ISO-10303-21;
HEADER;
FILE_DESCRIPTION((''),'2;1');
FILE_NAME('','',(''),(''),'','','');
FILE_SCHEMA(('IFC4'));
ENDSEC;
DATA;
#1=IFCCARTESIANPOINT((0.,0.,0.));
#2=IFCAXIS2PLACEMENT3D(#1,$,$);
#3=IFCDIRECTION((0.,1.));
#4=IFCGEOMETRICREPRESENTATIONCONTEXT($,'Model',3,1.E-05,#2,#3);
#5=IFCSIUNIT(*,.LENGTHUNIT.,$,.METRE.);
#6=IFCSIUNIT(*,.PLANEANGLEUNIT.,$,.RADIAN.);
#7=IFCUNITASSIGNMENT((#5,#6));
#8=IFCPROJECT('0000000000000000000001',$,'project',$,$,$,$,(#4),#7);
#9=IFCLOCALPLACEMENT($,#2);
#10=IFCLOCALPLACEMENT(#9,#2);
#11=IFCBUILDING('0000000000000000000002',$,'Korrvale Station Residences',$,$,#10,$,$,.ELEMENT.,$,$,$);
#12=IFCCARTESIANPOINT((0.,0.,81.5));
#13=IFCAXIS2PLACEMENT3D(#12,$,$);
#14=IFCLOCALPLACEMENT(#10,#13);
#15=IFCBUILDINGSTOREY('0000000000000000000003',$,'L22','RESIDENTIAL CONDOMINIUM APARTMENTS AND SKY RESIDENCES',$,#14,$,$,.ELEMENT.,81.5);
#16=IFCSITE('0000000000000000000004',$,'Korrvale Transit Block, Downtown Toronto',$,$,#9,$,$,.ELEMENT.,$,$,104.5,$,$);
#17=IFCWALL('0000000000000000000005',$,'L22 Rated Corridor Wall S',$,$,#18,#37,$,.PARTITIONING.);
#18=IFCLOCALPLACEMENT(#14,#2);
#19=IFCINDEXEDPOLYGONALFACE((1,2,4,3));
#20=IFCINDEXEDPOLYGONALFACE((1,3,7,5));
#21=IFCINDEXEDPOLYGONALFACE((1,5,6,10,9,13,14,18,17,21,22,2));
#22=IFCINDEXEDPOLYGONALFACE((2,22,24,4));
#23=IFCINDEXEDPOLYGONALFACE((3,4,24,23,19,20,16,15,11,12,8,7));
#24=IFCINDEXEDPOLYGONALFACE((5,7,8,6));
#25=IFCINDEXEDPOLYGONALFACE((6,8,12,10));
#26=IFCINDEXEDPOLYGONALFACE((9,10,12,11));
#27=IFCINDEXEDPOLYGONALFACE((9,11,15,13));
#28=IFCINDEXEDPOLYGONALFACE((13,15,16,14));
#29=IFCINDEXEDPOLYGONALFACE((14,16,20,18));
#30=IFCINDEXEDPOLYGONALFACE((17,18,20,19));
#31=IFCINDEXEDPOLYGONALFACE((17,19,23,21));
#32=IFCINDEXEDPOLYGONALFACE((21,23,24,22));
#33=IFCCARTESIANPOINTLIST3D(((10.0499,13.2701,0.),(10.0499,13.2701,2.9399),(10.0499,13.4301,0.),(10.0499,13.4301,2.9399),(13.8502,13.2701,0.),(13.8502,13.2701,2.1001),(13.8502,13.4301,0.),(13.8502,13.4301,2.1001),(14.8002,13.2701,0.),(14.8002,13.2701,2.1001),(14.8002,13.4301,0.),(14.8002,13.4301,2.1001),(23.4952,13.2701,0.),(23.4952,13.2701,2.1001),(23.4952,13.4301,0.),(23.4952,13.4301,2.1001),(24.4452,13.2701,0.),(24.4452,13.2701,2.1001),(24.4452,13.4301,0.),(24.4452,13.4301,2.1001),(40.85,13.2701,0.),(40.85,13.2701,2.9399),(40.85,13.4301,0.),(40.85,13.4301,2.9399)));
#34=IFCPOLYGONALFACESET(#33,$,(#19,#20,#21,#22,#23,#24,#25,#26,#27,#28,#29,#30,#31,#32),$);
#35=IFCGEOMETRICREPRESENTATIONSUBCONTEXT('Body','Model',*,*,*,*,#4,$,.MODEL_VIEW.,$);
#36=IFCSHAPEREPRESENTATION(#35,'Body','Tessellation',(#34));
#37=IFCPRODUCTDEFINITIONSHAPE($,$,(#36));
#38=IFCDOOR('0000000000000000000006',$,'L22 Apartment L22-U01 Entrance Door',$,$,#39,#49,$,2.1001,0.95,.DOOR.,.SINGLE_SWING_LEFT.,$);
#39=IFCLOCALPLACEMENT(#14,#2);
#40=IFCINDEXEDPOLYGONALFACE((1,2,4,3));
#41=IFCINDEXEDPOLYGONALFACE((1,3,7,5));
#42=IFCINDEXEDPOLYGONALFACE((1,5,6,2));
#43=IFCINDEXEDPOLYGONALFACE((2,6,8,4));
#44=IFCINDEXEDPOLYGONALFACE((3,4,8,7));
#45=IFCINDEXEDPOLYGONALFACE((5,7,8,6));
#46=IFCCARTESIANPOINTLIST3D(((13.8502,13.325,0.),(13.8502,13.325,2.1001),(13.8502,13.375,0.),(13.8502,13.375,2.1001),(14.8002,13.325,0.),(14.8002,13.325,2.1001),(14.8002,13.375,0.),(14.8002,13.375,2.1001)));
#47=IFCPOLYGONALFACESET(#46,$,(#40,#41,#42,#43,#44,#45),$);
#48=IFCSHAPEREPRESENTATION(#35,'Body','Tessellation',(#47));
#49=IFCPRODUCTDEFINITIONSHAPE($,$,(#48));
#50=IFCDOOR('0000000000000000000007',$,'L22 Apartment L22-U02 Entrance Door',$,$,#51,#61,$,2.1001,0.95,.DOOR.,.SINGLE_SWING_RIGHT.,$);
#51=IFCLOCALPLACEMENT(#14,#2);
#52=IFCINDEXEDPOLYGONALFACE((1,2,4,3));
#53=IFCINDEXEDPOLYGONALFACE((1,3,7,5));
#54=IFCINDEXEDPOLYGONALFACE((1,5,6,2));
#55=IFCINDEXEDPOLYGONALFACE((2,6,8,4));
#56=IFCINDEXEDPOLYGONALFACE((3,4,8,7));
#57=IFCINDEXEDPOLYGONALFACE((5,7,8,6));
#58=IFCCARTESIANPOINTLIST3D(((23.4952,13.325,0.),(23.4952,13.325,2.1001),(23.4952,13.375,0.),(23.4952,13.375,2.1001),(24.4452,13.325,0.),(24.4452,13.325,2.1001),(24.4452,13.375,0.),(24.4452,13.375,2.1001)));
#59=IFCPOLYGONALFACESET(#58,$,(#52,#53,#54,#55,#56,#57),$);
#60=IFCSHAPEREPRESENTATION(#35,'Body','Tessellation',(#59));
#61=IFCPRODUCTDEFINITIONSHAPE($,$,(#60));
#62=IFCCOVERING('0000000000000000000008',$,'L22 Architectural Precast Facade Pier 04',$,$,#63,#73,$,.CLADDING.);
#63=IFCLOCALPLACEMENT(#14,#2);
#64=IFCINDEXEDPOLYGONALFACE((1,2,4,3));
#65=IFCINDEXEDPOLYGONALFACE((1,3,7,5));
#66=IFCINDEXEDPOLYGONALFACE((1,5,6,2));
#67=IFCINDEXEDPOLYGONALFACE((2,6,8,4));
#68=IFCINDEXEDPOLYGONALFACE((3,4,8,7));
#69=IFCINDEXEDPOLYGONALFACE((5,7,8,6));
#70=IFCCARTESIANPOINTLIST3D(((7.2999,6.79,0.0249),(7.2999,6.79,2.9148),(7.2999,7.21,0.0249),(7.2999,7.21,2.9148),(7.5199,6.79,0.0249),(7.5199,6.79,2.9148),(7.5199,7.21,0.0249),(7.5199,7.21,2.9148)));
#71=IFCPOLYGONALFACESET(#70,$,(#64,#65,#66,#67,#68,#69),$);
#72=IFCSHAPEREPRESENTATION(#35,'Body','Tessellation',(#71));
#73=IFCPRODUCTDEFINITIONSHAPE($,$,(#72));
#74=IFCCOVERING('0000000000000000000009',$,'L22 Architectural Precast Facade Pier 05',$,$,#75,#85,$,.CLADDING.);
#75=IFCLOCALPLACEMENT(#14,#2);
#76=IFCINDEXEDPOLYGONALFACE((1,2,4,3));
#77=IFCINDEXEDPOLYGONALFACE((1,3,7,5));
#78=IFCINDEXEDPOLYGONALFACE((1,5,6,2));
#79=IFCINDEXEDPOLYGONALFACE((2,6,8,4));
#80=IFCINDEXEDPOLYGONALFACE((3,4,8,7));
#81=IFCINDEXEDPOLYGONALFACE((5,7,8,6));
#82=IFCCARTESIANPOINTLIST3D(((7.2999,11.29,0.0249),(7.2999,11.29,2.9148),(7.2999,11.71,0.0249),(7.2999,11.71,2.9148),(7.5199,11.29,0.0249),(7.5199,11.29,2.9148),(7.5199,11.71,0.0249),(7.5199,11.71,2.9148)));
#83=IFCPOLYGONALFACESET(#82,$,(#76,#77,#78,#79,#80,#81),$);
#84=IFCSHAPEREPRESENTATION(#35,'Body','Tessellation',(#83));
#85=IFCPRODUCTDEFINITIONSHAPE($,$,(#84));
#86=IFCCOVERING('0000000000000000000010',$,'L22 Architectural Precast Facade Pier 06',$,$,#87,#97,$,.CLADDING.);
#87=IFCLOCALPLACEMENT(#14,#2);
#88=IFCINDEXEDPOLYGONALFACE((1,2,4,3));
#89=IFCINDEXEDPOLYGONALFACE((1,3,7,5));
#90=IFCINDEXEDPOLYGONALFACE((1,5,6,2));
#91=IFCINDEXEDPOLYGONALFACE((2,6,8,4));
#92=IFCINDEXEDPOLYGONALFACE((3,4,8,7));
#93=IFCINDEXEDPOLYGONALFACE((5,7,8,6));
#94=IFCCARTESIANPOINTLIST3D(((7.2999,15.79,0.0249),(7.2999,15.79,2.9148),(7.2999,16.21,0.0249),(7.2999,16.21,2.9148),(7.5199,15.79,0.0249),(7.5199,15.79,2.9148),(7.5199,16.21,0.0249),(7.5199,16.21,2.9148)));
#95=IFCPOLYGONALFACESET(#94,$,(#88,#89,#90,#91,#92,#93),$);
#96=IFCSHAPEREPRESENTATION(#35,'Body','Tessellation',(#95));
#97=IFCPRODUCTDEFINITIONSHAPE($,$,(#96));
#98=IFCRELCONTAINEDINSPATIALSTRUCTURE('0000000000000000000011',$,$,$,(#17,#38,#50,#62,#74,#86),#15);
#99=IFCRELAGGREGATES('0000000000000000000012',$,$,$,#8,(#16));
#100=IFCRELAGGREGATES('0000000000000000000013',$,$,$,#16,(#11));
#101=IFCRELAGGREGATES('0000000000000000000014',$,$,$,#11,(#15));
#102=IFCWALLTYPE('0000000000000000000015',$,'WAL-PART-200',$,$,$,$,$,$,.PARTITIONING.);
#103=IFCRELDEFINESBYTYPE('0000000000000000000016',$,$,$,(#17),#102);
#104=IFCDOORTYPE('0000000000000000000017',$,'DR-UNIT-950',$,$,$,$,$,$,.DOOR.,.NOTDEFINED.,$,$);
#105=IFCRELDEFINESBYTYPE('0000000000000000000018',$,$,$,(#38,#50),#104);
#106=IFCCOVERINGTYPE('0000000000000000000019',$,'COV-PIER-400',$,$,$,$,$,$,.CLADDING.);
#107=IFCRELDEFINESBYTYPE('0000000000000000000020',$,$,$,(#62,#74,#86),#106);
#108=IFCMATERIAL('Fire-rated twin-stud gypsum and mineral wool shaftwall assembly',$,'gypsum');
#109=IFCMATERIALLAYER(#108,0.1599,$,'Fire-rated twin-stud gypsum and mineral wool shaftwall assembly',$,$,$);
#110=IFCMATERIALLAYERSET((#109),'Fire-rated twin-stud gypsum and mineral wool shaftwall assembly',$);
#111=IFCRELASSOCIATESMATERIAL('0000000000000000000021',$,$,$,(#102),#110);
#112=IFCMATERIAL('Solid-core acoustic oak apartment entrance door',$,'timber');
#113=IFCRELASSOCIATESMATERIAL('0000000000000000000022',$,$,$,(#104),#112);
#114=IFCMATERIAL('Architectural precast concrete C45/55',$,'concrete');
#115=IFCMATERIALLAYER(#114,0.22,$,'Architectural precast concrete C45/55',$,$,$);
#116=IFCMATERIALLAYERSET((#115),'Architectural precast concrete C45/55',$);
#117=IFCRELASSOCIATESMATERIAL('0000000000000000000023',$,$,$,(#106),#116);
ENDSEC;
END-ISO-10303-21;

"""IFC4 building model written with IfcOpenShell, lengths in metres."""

from ifc_helpers import new_model, si_unit, direction, frame, frame_2d, origin, origin_2d, place, context, subcontext, project, spatial, rectangle, extrude, material, layer, layer_set, type_object, element, fill, save


model = new_model("IFC4")

# Units and contexts
model_context = context("Model", 3, precision=1e-05, world=origin(), true_north=direction((0.0, 1.0)))
body_context = subcontext(model_context, "Body", "Model", "MODEL_VIEW")
ifc_project = project(units=[si_unit("LENGTHUNIT", "METRE"), si_unit("PLANEANGLEUNIT", "RADIAN")], contexts=[model_context])

# Site, building, storey
site_placement = place(None, origin())
site = spatial("IfcSite", under=ifc_project, at=site_placement, Name="Korrvale Transit Block, Downtown Toronto", CompositionType="ELEMENT", RefElevation=104.5)
building_placement = place(site_placement, origin())
building = spatial("IfcBuilding", under=site, at=building_placement, Name="Korrvale Station Residences", CompositionType="ELEMENT")
storey_placement = place(building_placement, frame((0.0, 0.0, 81.5)))
storey = spatial("IfcBuildingStorey", under=building, at=storey_placement, Name="L22", Description="RESIDENTIAL CONDOMINIUM APARTMENTS AND SKY RESIDENCES", CompositionType="ELEMENT", Elevation=81.5)

# Shared definitions
ifc_material_1 = material(Name="Fire-rated twin-stud gypsum and mineral wool shaftwall assembly", Category="gypsum")
ifc_layer_1 = layer(ifc_material_1, 0.1599, Name="Fire-rated twin-stud gypsum and mineral wool shaftwall assembly")
ifc_layer_set_1 = layer_set([ifc_layer_1], Name="Fire-rated twin-stud gypsum and mineral wool shaftwall assembly")
wall_type_1 = type_object("IfcWallType", Name="WAL-PART-200", PredefinedType="PARTITIONING", material=ifc_layer_set_1)

# Wall, openings, doors
wall_1_placement = place(storey_placement, frame((10.05, 13.3501, 0.0), z_axis=(0.0, 0.0, 1.0), x_axis=(1.0, 0.0, 0.0)))
wall_1 = element("IfcWall", 1, at=wall_1_placement, inside=storey, type_object=wall_type_1, Name="L22 Rated Corridor Wall S", PredefinedType="PARTITIONING", context=body_context, shape_type="SweptSolid", body=[
    extrude(rectangle(XDim=30.8, YDim=0.1599, at=frame_2d((15.3999, 0.0))), origin(), (0.0, 0.0, 1.0), 2.9399),
])
opening_1_placement = place(wall_1_placement, frame((3.8, 0.0, 0.0)))
opening_1 = element("IfcOpeningElement", 2, at=opening_1_placement, cuts=wall_1, PredefinedType="OPENING", context=body_context, shape_type="SweptSolid", body=[
    extrude(rectangle(XDim=0.95, YDim=2.1001, at=frame_2d((0.4751, 1.05))), frame((0.0, 0.0898, 0.0), z_axis=(0.0, -1.0, 0.0), x_axis=(1.0, 0.0, 0.0)), (0.0, 0.0, 1.0), 0.1799),
])
opening_2_placement = place(wall_1_placement, frame((13.4451, 0.0, 0.0)))
opening_2 = element("IfcOpeningElement", 3, at=opening_2_placement, cuts=wall_1, PredefinedType="OPENING", context=body_context, shape_type="SweptSolid", body=[
    extrude(rectangle(XDim=0.95, YDim=2.1001, at=frame_2d((0.4751, 1.05))), frame((0.0, 0.0898, 0.0), z_axis=(0.0, -1.0, 0.0), x_axis=(1.0, 0.0, 0.0)), (0.0, 0.0, 1.0), 0.1799),
])
ifc_material_2 = material(Name="Solid-core acoustic oak apartment entrance door", Category="timber")
door_type_1 = type_object("IfcDoorType", Name="DR-UNIT-950", OperationType="NOTDEFINED", PredefinedType="DOOR", material=ifc_material_2)
door_1_placement = place(opening_1_placement, origin())
door_1 = element("IfcDoor", 4, at=door_1_placement, inside=storey, type_object=door_type_1, Name="L22 Apartment L22-U01 Entrance Door", OperationType="SINGLE_SWING_LEFT", OverallHeight=2.1001, OverallWidth=0.95, PredefinedType="DOOR", context=body_context, shape_type="SweptSolid", body=[
    extrude(rectangle(XDim=0.95, YDim=2.1001, at=frame_2d((0.4751, 1.05))), frame((0.0, 0.0249, 0.0), z_axis=(0.0, -1.0, 0.0), x_axis=(1.0, 0.0, 0.0)), (0.0, 0.0, 1.0), 0.05),
])
fill(opening_1, door_1)
door_2_placement = place(opening_2_placement, origin())
door_2 = element("IfcDoor", 5, at=door_2_placement, inside=storey, type_object=door_type_1, Name="L22 Apartment L22-U02 Entrance Door", OperationType="SINGLE_SWING_RIGHT", OverallHeight=2.1001, OverallWidth=0.95, PredefinedType="DOOR", context=body_context, shape_type="SweptSolid", body=[
    extrude(rectangle(XDim=0.95, YDim=2.1001, at=frame_2d((0.4751, 1.05))), frame((0.0, 0.0249, 0.0), z_axis=(0.0, -1.0, 0.0), x_axis=(1.0, 0.0, 0.0)), (0.0, 0.0, 1.0), 0.05),
])
fill(opening_2, door_2)

# Coverings
ifc_material_3 = material(Name="Architectural precast concrete C45/55", Category="concrete")
ifc_layer_2 = layer(ifc_material_3, 0.22, Name="Architectural precast concrete C45/55")
ifc_layer_set_2 = layer_set([ifc_layer_2], Name="Architectural precast concrete C45/55")
covering_type = type_object("IfcCoveringType", Name="COV-PIER-400", PredefinedType="CLADDING", material=ifc_layer_set_2)
for number, where, z_axis, x_axis, name in (
    (6, (7.4099, 7.0, 0.0249), (0.0, 0.0, 1.0), (0.0, 1.0, 0.0), "L22 Architectural Precast Facade Pier 04"),
    (7, (7.4099, 11.5, 0.0249), (0.0, 0.0, 1.0), (0.0, 1.0, 0.0), "L22 Architectural Precast Facade Pier 05"),
    (8, (7.4099, 16.0, 0.0249), (0.0, 0.0, 1.0), (0.0, 1.0, 0.0), "L22 Architectural Precast Facade Pier 06"),
):
    element("IfcCovering", number, at=place(storey_placement, frame(where, z_axis=z_axis, x_axis=x_axis)), inside=storey, type_object=covering_type, Name=name, PredefinedType="CLADDING", context=body_context, shape_type="SweptSolid", body=[
        extrude(rectangle(XDim=0.4199, YDim=0.22, at=origin_2d()), origin(), (0.0, 0.0, 1.0), 2.8899),
    ])

save(model, "model.ifc")
